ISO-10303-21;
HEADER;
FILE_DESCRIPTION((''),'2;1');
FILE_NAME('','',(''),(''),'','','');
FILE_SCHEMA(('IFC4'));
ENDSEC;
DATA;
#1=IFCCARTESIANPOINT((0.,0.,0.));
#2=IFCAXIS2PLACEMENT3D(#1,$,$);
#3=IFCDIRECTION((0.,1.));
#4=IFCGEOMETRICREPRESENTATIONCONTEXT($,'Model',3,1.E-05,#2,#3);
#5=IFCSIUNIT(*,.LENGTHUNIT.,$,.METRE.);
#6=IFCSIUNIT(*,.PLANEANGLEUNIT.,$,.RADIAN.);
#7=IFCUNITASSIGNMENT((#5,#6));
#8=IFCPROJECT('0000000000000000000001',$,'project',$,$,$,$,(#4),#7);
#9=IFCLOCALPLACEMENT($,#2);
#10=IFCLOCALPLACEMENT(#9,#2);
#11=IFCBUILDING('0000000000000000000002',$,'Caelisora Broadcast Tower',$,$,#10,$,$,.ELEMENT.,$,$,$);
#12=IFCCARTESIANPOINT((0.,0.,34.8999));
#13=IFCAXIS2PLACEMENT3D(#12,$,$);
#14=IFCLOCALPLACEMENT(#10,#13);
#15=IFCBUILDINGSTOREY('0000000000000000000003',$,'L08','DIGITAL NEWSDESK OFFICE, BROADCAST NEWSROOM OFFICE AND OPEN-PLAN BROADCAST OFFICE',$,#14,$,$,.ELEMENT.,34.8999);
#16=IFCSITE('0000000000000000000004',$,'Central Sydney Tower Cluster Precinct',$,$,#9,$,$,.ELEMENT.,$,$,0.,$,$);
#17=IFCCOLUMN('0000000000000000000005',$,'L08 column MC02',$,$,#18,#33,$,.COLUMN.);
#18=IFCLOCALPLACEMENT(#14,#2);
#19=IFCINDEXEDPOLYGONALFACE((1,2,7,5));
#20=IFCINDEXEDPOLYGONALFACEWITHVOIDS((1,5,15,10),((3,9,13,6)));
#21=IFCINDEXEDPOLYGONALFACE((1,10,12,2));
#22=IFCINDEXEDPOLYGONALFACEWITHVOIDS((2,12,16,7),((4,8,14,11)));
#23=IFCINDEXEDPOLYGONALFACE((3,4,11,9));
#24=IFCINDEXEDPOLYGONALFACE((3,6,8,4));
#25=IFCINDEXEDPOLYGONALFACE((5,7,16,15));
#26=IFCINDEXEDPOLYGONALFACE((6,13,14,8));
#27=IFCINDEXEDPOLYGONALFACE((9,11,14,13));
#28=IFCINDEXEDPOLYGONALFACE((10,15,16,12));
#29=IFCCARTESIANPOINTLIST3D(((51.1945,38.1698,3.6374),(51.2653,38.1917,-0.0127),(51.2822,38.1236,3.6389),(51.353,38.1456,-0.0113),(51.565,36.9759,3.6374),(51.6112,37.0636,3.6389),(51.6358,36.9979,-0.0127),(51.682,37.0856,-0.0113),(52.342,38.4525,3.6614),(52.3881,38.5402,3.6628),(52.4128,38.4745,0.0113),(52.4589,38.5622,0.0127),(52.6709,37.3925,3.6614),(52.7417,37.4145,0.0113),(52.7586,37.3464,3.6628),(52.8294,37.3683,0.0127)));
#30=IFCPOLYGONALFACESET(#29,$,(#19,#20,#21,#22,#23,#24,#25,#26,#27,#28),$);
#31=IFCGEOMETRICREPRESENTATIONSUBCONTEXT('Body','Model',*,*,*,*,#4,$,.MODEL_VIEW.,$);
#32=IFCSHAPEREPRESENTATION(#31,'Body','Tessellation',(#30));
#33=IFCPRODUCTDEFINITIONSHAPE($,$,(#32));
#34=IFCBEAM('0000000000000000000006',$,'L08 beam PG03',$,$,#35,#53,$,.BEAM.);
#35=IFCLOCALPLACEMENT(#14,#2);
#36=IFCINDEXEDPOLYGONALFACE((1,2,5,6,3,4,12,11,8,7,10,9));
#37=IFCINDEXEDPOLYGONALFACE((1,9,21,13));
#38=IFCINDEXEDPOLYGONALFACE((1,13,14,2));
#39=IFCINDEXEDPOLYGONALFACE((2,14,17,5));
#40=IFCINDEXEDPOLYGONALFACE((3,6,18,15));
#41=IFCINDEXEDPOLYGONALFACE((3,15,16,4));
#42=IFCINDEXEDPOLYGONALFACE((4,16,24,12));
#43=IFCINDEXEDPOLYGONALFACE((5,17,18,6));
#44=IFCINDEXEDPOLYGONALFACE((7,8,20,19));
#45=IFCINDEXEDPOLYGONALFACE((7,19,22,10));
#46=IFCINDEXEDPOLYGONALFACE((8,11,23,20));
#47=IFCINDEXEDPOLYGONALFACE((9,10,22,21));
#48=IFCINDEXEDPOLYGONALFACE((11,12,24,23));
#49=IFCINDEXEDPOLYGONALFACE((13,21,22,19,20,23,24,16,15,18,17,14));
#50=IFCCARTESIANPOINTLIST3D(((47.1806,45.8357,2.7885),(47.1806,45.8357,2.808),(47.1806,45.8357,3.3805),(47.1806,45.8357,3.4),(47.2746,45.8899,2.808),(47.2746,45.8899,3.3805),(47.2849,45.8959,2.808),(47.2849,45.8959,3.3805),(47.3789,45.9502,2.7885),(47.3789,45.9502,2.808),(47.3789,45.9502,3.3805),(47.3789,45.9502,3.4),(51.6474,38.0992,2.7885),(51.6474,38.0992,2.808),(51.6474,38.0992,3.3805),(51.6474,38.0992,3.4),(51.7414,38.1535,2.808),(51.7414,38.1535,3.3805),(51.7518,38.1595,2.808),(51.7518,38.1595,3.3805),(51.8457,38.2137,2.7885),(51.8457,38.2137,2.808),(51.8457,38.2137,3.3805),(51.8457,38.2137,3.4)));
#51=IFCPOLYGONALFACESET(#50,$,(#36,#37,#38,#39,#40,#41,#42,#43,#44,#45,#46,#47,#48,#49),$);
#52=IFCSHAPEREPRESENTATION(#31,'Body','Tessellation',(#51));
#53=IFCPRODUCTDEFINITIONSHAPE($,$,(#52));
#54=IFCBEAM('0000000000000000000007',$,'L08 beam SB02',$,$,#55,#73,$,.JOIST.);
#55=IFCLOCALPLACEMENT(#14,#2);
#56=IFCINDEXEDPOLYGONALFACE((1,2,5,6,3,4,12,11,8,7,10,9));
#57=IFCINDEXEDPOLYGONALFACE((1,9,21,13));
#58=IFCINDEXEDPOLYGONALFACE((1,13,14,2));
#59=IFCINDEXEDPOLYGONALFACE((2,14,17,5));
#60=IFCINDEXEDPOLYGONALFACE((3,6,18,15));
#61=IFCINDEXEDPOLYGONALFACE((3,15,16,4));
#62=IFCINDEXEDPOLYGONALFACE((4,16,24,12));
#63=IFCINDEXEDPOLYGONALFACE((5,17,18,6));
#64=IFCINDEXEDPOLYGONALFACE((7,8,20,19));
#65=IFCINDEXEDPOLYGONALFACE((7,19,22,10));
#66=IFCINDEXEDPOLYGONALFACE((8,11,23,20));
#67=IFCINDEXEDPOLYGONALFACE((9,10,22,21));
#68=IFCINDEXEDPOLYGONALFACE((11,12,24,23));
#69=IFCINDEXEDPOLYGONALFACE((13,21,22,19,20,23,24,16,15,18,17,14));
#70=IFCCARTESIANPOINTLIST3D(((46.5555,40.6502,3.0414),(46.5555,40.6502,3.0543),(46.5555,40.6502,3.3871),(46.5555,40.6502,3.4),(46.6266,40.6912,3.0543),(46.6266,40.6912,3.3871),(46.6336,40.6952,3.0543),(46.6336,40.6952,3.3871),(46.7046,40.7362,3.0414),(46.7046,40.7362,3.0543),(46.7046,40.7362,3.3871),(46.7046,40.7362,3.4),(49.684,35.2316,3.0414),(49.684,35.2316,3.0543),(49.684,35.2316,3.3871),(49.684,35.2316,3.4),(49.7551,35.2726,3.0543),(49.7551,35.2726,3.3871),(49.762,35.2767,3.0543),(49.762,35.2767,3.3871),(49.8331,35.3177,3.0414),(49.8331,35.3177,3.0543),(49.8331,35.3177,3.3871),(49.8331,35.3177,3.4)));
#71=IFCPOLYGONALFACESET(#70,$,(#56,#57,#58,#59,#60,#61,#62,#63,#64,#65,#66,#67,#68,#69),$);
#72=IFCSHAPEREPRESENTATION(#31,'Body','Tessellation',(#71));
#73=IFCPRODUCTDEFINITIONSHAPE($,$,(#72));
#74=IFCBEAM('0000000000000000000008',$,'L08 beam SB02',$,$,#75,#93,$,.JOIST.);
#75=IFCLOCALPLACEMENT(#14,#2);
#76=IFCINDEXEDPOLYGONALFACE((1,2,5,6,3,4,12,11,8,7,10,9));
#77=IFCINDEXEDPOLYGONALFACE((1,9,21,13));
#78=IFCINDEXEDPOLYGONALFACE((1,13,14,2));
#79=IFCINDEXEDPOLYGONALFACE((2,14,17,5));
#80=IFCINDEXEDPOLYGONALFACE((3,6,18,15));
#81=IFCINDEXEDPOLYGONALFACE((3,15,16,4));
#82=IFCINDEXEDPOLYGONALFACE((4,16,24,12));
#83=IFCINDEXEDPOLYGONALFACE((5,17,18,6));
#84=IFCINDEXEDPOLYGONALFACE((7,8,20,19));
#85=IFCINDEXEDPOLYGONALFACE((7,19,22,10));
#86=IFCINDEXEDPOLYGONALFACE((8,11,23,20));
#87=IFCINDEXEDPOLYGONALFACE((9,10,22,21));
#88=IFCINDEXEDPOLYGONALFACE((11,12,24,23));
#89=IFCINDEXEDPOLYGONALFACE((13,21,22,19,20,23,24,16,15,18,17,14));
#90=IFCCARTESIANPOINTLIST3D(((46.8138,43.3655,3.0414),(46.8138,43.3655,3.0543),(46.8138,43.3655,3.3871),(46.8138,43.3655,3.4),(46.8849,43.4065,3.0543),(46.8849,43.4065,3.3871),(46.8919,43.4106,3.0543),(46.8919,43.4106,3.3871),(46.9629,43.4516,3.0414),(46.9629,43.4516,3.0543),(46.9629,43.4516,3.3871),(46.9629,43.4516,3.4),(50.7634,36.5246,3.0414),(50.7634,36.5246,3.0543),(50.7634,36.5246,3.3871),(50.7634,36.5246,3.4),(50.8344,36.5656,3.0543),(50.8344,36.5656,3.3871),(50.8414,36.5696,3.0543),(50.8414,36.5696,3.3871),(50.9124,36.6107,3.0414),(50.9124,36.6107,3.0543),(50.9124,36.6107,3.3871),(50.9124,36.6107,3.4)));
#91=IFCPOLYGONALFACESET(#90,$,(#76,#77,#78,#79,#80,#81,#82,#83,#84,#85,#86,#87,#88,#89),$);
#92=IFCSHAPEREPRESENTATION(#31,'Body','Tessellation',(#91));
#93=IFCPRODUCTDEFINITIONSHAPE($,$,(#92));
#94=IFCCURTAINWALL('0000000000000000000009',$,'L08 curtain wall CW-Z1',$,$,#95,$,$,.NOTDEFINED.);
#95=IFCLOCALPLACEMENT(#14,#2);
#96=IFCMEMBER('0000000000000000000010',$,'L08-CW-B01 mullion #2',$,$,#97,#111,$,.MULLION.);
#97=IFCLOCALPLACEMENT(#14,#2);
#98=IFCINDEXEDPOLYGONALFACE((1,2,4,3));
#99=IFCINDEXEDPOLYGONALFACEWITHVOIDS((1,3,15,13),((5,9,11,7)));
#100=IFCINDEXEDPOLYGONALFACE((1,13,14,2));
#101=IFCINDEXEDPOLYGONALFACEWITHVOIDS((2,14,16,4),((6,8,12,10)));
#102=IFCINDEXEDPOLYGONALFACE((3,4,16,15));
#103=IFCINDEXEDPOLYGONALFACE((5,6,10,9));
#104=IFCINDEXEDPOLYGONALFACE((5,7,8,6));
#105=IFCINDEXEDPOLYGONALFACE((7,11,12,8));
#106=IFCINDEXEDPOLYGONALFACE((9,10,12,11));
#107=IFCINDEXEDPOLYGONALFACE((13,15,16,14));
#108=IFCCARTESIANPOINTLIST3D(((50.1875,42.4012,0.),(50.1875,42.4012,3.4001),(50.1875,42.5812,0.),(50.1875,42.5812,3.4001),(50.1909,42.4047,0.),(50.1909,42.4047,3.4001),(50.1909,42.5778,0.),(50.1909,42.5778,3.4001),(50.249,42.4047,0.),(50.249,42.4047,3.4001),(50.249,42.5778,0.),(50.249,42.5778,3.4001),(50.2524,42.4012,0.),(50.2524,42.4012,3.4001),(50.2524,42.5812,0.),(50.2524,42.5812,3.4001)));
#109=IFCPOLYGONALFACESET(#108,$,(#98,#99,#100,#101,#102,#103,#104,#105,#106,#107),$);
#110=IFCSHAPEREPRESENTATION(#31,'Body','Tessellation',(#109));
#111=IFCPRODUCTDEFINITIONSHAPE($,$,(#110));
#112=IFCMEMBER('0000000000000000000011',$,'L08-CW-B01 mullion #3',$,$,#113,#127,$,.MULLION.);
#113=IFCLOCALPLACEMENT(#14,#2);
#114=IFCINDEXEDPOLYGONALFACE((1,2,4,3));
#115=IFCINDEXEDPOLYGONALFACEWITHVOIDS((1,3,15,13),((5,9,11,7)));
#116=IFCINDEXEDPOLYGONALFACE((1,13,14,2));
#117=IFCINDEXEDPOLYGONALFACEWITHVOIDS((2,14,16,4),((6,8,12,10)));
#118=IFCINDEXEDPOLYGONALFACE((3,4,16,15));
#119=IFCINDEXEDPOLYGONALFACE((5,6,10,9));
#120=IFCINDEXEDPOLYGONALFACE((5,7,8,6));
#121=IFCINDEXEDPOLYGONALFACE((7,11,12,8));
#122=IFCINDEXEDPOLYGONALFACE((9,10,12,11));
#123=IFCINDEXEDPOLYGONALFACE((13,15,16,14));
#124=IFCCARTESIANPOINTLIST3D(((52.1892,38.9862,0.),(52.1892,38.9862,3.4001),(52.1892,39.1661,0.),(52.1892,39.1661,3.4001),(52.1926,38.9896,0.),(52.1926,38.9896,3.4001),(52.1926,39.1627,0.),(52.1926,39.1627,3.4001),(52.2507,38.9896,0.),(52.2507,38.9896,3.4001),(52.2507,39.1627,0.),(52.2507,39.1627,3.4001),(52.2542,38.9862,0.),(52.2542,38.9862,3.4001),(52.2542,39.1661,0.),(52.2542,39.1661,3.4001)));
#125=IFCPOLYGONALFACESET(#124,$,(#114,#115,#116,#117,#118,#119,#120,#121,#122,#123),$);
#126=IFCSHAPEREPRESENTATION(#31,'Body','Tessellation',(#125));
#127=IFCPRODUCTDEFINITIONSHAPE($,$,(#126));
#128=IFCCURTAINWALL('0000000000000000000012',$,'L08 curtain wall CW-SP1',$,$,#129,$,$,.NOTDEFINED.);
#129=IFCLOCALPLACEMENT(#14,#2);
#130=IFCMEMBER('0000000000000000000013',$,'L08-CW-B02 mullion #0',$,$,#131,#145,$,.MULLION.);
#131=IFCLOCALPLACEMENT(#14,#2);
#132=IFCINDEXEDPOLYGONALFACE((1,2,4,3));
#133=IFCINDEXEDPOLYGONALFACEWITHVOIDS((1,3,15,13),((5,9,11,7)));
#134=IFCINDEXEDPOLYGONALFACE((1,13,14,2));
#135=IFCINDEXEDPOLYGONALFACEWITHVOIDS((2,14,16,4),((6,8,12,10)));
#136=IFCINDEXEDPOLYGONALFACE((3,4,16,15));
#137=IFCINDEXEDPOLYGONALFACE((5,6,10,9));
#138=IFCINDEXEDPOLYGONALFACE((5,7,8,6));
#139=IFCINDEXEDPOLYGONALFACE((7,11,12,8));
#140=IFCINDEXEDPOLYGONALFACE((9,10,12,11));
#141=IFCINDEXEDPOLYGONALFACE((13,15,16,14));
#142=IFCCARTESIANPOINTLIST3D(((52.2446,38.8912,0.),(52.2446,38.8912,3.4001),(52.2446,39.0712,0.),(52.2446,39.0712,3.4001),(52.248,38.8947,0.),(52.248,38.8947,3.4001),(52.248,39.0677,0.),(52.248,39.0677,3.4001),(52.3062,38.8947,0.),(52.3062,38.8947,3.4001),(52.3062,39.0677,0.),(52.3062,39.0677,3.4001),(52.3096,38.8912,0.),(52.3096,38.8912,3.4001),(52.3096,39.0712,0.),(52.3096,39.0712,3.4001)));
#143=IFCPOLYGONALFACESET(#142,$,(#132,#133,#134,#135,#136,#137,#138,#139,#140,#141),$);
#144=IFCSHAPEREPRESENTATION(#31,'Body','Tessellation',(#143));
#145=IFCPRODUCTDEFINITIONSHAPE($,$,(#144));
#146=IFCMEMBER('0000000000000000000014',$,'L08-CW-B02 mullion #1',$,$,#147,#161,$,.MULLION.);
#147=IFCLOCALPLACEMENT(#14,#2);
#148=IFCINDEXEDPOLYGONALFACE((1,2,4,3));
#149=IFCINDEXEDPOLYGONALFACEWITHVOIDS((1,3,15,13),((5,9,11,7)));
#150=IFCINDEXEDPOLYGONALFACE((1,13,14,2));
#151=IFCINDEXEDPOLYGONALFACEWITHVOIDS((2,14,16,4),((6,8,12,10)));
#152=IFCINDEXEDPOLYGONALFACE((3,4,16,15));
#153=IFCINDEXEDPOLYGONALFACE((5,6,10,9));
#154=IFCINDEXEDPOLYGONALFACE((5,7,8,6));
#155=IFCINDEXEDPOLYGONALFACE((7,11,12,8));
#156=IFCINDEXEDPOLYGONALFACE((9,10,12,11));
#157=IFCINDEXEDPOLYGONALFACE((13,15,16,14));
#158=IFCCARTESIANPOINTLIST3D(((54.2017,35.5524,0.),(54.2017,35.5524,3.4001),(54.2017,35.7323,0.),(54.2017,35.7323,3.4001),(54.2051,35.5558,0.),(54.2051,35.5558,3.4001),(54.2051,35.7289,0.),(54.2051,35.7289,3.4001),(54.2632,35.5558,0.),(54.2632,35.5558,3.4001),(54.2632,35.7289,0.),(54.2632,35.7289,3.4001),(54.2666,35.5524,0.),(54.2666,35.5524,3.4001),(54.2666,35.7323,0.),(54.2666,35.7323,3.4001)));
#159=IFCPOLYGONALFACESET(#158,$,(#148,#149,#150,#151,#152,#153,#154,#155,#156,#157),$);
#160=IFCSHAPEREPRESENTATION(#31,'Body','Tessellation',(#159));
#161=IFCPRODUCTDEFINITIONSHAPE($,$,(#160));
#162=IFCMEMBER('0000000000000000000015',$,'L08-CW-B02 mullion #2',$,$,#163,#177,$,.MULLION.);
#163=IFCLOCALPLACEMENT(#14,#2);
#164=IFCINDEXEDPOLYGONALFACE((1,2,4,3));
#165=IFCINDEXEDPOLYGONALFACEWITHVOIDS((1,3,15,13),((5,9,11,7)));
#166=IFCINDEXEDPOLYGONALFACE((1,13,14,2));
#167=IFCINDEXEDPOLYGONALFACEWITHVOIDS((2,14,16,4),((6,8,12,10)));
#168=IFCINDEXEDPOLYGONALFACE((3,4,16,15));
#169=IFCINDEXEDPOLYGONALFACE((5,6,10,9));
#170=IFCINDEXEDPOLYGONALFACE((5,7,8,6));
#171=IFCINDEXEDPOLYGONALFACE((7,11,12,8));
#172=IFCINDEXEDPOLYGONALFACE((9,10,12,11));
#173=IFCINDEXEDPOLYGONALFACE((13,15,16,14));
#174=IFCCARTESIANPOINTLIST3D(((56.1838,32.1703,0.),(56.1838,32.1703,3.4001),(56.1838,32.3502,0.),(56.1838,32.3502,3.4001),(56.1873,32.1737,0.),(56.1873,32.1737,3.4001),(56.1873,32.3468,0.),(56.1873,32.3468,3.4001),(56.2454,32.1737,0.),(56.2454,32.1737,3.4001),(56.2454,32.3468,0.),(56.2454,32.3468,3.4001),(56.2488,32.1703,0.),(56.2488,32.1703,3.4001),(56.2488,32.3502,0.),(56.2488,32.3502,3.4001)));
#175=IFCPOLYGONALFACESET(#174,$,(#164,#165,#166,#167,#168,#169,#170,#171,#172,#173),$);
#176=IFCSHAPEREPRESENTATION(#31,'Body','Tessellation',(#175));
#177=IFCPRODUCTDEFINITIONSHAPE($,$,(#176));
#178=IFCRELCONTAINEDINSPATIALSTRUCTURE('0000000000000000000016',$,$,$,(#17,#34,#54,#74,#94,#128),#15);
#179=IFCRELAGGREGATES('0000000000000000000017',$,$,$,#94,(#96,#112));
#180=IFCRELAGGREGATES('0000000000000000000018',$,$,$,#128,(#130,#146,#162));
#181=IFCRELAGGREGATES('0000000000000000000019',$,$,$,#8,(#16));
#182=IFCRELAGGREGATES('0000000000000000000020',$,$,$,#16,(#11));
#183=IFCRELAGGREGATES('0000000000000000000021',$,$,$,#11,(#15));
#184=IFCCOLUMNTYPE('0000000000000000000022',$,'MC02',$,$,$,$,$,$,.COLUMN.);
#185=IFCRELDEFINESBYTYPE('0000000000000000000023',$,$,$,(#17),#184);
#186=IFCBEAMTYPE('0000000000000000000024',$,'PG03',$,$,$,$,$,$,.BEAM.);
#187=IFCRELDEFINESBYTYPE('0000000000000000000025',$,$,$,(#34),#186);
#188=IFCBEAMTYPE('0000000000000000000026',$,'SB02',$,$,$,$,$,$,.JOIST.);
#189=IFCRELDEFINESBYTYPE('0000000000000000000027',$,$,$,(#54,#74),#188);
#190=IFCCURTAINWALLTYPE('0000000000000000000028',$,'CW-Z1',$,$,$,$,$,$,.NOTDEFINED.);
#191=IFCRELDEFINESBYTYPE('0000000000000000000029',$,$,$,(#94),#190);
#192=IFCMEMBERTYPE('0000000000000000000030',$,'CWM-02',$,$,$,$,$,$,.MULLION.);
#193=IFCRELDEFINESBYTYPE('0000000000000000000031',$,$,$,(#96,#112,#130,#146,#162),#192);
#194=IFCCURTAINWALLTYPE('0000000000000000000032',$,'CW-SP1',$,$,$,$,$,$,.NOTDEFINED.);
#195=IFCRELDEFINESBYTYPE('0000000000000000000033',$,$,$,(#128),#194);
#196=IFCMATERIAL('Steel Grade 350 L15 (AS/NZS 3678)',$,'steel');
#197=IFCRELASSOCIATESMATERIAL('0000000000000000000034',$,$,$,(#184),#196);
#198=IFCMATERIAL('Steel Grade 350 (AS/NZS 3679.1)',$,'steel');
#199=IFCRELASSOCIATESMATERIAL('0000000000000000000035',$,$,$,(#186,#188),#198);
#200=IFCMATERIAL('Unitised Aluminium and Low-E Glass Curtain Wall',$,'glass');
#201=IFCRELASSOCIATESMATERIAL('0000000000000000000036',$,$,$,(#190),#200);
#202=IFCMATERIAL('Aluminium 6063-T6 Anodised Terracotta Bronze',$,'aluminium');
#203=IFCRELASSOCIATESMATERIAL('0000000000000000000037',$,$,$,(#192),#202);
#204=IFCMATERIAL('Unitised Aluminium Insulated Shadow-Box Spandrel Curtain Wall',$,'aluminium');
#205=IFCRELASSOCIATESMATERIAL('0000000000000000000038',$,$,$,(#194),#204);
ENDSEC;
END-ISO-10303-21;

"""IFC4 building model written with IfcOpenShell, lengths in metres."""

from ifc_helpers import new_model, si_unit, direction, frame, origin, origin_2d, place, context, subcontext, project, spatial, hollow_rectangle, i_section, extrude, source, transform, mapped, material, material_profile, profile_set, type_object, type_shapes, element, aggregate, save


model = new_model("IFC4")

# Units and contexts
model_context = context("Model", 3, precision=1e-05, world=origin(), true_north=direction((0.0, 1.0)))
body_context = subcontext(model_context, "Body", "Model", "MODEL_VIEW")
ifc_project = project(units=[si_unit("LENGTHUNIT", "METRE"), si_unit("PLANEANGLEUNIT", "RADIAN")], contexts=[model_context])

# Site, building, storey
site_placement = place(None, origin())
site = spatial("IfcSite", under=ifc_project, at=site_placement, Name="Central Sydney Tower Cluster Precinct", CompositionType="ELEMENT", RefElevation=0.0)
building_placement = place(site_placement, origin())
building = spatial("IfcBuilding", under=site, at=building_placement, Name="Caelisora Broadcast Tower", CompositionType="ELEMENT")
storey_placement = place(building_placement, frame((0.0, 0.0, 34.8999)))
storey = spatial("IfcBuildingStorey", under=building, at=storey_placement, Name="L08", Description="DIGITAL NEWSDESK OFFICE, BROADCAST NEWSROOM OFFICE AND OPEN-PLAN BROADCAST OFFICE", CompositionType="ELEMENT", Elevation=34.8999)

# Column
ifc_material_1 = material(Name="Steel Grade 350 L15 (AS/NZS 3678)", Category="steel")
ifc_material_profile_1 = material_profile(ifc_material_1, hollow_rectangle(XDim=1.25, YDim=1.25, WallThickness=0.0701, at=origin_2d()), Name="Steel Grade 350 L15 (AS/NZS 3678)")
ifc_profile_set_1 = profile_set([ifc_material_profile_1], Name="Steel Grade 350 L15 (AS/NZS 3678)")
column_type = type_object("IfcColumnType", Name="MC02", PredefinedType="COLUMN", material=ifc_profile_set_1)
shared_shape_1 = source(origin(), body_context, "Body", "SweptSolid", [
    extrude(hollow_rectangle(XDim=1.25, YDim=1.25, WallThickness=0.0701, at=origin_2d()), origin(), (0.0, 0.0, 1.0), 3.6509),
])
type_shapes(column_type, [shared_shape_1])
column_placement = place(storey_placement, frame((52.0474, 37.78, 0.0), z_axis=(-0.019393, -0.006018, 0.999794), x_axis=(0.296399, -0.955064, 0.0)))
element("IfcColumn", 1, at=column_placement, inside=storey, type_object=column_type, Name="L08 column MC02", PredefinedType="COLUMN", context=body_context, shape_type="MappedRepresentation", body=[
    mapped(shared_shape_1, transform((0.0, 0.0, 0.0), scale=1.0)),
])

# Beams
ifc_material_2 = material(Name="Steel Grade 350 (AS/NZS 3679.1)", Category="steel")
ifc_material_profile_2 = material_profile(ifc_material_2, i_section(OverallWidth=0.229, OverallDepth=0.6116, WebThickness=0.012, FlangeThickness=0.0195, at=origin_2d()), Name="Steel Grade 350 (AS/NZS 3679.1)")
ifc_profile_set_2 = profile_set([ifc_material_profile_2], Name="Steel Grade 350 (AS/NZS 3679.1)")
beam_type_1 = type_object("IfcBeamType", Name="PG03", PredefinedType="BEAM", material=ifc_profile_set_2)
shared_shape_2 = source(origin(), body_context, "Body", "SweptSolid", [
    extrude(i_section(OverallWidth=0.229, OverallDepth=0.6116, WebThickness=0.012, FlangeThickness=0.0195, at=origin_2d()), origin(), (0.0, 0.0, 1.0), 8.9333),
])
type_shapes(beam_type_1, [shared_shape_2])
beam_1_placement = place(storey_placement, frame((51.7466, 38.1565, 3.0942), z_axis=(-0.500019, 0.866014, 0.0), x_axis=(-0.866014, -0.500019, 0.0)))
element("IfcBeam", 2, at=beam_1_placement, inside=storey, type_object=beam_type_1, Name="L08 beam PG03", PredefinedType="BEAM", context=body_context, shape_type="MappedRepresentation", body=[
    mapped(shared_shape_2, transform((0.0, 0.0, 0.0), scale=1.0)),
])
ifc_material_profile_3 = material_profile(ifc_material_2, i_section(OverallWidth=0.1721, OverallDepth=0.3586, WebThickness=0.0081, FlangeThickness=0.0129, at=origin_2d()), Name="Steel Grade 350 (AS/NZS 3679.1)")
ifc_profile_set_3 = profile_set([ifc_material_profile_3], Name="Steel Grade 350 (AS/NZS 3679.1)")
beam_type_2 = type_object("IfcBeamType", Name="SB02", PredefinedType="JOIST", material=ifc_profile_set_3)
shared_shape_3 = source(origin(), body_context, "Body", "SweptSolid", [
    extrude(i_section(OverallWidth=0.1721, OverallDepth=0.3586, WebThickness=0.0081, FlangeThickness=0.0129, at=origin_2d()), origin(), (0.0, 0.0, 1.0), 6.2568),
])
beam_2_placement = place(storey_placement, frame((49.7585, 35.2747, 3.2207), z_axis=(-0.500008, 0.866021, 0.0), x_axis=(-0.866021, -0.500008, 0.0)))
element("IfcBeam", 3, at=beam_2_placement, inside=storey, type_object=beam_type_2, Name="L08 beam SB02", PredefinedType="JOIST", context=body_context, shape_type="MappedRepresentation", body=[
    mapped(shared_shape_3, transform((0.0, 0.0, 0.0), scale=1.0)),
])
shared_shape_4 = source(origin(), body_context, "Body", "SweptSolid", [
    extrude(i_section(OverallWidth=0.1721, OverallDepth=0.3586, WebThickness=0.0081, FlangeThickness=0.0129, at=origin_2d()), origin(), (0.0, 0.0, 1.0), 7.8992),
])
type_shapes(beam_type_2, [shared_shape_3, shared_shape_4])
beam_3_placement = place(storey_placement, frame((50.8379, 36.5676, 3.2207), z_axis=(-0.499992, 0.86603, 0.0), x_axis=(-0.86603, -0.499992, 0.0)))
element("IfcBeam", 4, at=beam_3_placement, inside=storey, type_object=beam_type_2, Name="L08 beam SB02", PredefinedType="JOIST", context=body_context, shape_type="MappedRepresentation", body=[
    mapped(shared_shape_4, transform((0.0, 0.0, 0.0), scale=1.0)),
])

# Curtain walls, members
ifc_material_3 = material(Name="Unitised Aluminium and Low-E Glass Curtain Wall", Category="glass")
curtain_wall_type_1 = type_object("IfcCurtainWallType", Name="CW-Z1", PredefinedType="NOTDEFINED", material=ifc_material_3)
curtain_wall_1_placement = place(storey_placement, origin())
curtain_wall_1 = element("IfcCurtainWall", 5, at=curtain_wall_1_placement, inside=storey, type_object=curtain_wall_type_1, Name="L08 curtain wall CW-Z1", PredefinedType="NOTDEFINED")
ifc_material_4 = material(Name="Aluminium 6063-T6 Anodised Terracotta Bronze", Category="aluminium")
ifc_material_profile_4 = material_profile(ifc_material_4, hollow_rectangle(XDim=0.0649, YDim=0.1799, WallThickness=0.0034, at=origin_2d()), Name="Aluminium 6063-T6 Anodised Terracotta Bronze")
ifc_profile_set_4 = profile_set([ifc_material_profile_4], Name="Aluminium 6063-T6 Anodised Terracotta Bronze")
member_type_1 = type_object("IfcMemberType", Name="CWM-02", PredefinedType="MULLION", material=ifc_profile_set_4)
shared_shape_5 = source(origin(), body_context, "Body", "SweptSolid", [
    extrude(hollow_rectangle(XDim=0.0649, YDim=0.1799, WallThickness=0.0034, at=origin_2d()), origin(), (0.0, 0.0, 1.0), 3.4001),
])
type_shapes(member_type_1, [shared_shape_5])
member_1_placement = place(storey_placement, frame((50.22, 42.4912, 0.0), z_axis=(0.0, 0.0, 1.0), x_axis=(1.0, 0.0, 0.0)))
member_1 = element("IfcMember", 6, at=member_1_placement, type_object=member_type_1, Name="L08-CW-B01 mullion #2", PredefinedType="MULLION", context=body_context, shape_type="MappedRepresentation", body=[
    mapped(shared_shape_5, transform((0.0, 0.0, 0.0), scale=1.0)),
])
member_2_placement = place(storey_placement, frame((52.2217, 39.0762, 0.0), z_axis=(0.0, 0.0, 1.0), x_axis=(1.0, 0.0, 0.0)))
member_2 = element("IfcMember", 7, at=member_2_placement, type_object=member_type_1, Name="L08-CW-B01 mullion #3", PredefinedType="MULLION", context=body_context, shape_type="MappedRepresentation", body=[
    mapped(shared_shape_5, transform((0.0, 0.0, 0.0), scale=1.0)),
])
ifc_material_5 = material(Name="Unitised Aluminium Insulated Shadow-Box Spandrel Curtain Wall", Category="aluminium")
curtain_wall_type_2 = type_object("IfcCurtainWallType", Name="CW-SP1", PredefinedType="NOTDEFINED", material=ifc_material_5)
curtain_wall_2_placement = place(storey_placement, origin())
curtain_wall_2 = element("IfcCurtainWall", 8, at=curtain_wall_2_placement, inside=storey, type_object=curtain_wall_type_2, Name="L08 curtain wall CW-SP1", PredefinedType="NOTDEFINED")
member_3_placement = place(storey_placement, frame((52.2771, 38.9812, 0.0), z_axis=(0.0, 0.0, 1.0), x_axis=(1.0, 0.0, 0.0)))
member_3 = element("IfcMember", 9, at=member_3_placement, type_object=member_type_1, Name="L08-CW-B02 mullion #0", PredefinedType="MULLION", context=body_context, shape_type="MappedRepresentation", body=[
    mapped(shared_shape_5, transform((0.0, 0.0, 0.0), scale=1.0)),
])
member_4_placement = place(storey_placement, frame((54.2341, 35.6423, 0.0), z_axis=(0.0, 0.0, 1.0), x_axis=(1.0, 0.0, 0.0)))
member_4 = element("IfcMember", 10, at=member_4_placement, type_object=member_type_1, Name="L08-CW-B02 mullion #1", PredefinedType="MULLION", context=body_context, shape_type="MappedRepresentation", body=[
    mapped(shared_shape_5, transform((0.0, 0.0, 0.0), scale=1.0)),
])
member_5_placement = place(storey_placement, frame((56.2163, 32.2603, 0.0), z_axis=(0.0, 0.0, 1.0), x_axis=(1.0, 0.0, 0.0)))
member_5 = element("IfcMember", 11, at=member_5_placement, type_object=member_type_1, Name="L08-CW-B02 mullion #2", PredefinedType="MULLION", context=body_context, shape_type="MappedRepresentation", body=[
    mapped(shared_shape_5, transform((0.0, 0.0, 0.0), scale=1.0)),
])

aggregate(curtain_wall_1, [member_1, member_2])
aggregate(curtain_wall_2, [member_3, member_4, member_5])

save(model, "model.ifc")
